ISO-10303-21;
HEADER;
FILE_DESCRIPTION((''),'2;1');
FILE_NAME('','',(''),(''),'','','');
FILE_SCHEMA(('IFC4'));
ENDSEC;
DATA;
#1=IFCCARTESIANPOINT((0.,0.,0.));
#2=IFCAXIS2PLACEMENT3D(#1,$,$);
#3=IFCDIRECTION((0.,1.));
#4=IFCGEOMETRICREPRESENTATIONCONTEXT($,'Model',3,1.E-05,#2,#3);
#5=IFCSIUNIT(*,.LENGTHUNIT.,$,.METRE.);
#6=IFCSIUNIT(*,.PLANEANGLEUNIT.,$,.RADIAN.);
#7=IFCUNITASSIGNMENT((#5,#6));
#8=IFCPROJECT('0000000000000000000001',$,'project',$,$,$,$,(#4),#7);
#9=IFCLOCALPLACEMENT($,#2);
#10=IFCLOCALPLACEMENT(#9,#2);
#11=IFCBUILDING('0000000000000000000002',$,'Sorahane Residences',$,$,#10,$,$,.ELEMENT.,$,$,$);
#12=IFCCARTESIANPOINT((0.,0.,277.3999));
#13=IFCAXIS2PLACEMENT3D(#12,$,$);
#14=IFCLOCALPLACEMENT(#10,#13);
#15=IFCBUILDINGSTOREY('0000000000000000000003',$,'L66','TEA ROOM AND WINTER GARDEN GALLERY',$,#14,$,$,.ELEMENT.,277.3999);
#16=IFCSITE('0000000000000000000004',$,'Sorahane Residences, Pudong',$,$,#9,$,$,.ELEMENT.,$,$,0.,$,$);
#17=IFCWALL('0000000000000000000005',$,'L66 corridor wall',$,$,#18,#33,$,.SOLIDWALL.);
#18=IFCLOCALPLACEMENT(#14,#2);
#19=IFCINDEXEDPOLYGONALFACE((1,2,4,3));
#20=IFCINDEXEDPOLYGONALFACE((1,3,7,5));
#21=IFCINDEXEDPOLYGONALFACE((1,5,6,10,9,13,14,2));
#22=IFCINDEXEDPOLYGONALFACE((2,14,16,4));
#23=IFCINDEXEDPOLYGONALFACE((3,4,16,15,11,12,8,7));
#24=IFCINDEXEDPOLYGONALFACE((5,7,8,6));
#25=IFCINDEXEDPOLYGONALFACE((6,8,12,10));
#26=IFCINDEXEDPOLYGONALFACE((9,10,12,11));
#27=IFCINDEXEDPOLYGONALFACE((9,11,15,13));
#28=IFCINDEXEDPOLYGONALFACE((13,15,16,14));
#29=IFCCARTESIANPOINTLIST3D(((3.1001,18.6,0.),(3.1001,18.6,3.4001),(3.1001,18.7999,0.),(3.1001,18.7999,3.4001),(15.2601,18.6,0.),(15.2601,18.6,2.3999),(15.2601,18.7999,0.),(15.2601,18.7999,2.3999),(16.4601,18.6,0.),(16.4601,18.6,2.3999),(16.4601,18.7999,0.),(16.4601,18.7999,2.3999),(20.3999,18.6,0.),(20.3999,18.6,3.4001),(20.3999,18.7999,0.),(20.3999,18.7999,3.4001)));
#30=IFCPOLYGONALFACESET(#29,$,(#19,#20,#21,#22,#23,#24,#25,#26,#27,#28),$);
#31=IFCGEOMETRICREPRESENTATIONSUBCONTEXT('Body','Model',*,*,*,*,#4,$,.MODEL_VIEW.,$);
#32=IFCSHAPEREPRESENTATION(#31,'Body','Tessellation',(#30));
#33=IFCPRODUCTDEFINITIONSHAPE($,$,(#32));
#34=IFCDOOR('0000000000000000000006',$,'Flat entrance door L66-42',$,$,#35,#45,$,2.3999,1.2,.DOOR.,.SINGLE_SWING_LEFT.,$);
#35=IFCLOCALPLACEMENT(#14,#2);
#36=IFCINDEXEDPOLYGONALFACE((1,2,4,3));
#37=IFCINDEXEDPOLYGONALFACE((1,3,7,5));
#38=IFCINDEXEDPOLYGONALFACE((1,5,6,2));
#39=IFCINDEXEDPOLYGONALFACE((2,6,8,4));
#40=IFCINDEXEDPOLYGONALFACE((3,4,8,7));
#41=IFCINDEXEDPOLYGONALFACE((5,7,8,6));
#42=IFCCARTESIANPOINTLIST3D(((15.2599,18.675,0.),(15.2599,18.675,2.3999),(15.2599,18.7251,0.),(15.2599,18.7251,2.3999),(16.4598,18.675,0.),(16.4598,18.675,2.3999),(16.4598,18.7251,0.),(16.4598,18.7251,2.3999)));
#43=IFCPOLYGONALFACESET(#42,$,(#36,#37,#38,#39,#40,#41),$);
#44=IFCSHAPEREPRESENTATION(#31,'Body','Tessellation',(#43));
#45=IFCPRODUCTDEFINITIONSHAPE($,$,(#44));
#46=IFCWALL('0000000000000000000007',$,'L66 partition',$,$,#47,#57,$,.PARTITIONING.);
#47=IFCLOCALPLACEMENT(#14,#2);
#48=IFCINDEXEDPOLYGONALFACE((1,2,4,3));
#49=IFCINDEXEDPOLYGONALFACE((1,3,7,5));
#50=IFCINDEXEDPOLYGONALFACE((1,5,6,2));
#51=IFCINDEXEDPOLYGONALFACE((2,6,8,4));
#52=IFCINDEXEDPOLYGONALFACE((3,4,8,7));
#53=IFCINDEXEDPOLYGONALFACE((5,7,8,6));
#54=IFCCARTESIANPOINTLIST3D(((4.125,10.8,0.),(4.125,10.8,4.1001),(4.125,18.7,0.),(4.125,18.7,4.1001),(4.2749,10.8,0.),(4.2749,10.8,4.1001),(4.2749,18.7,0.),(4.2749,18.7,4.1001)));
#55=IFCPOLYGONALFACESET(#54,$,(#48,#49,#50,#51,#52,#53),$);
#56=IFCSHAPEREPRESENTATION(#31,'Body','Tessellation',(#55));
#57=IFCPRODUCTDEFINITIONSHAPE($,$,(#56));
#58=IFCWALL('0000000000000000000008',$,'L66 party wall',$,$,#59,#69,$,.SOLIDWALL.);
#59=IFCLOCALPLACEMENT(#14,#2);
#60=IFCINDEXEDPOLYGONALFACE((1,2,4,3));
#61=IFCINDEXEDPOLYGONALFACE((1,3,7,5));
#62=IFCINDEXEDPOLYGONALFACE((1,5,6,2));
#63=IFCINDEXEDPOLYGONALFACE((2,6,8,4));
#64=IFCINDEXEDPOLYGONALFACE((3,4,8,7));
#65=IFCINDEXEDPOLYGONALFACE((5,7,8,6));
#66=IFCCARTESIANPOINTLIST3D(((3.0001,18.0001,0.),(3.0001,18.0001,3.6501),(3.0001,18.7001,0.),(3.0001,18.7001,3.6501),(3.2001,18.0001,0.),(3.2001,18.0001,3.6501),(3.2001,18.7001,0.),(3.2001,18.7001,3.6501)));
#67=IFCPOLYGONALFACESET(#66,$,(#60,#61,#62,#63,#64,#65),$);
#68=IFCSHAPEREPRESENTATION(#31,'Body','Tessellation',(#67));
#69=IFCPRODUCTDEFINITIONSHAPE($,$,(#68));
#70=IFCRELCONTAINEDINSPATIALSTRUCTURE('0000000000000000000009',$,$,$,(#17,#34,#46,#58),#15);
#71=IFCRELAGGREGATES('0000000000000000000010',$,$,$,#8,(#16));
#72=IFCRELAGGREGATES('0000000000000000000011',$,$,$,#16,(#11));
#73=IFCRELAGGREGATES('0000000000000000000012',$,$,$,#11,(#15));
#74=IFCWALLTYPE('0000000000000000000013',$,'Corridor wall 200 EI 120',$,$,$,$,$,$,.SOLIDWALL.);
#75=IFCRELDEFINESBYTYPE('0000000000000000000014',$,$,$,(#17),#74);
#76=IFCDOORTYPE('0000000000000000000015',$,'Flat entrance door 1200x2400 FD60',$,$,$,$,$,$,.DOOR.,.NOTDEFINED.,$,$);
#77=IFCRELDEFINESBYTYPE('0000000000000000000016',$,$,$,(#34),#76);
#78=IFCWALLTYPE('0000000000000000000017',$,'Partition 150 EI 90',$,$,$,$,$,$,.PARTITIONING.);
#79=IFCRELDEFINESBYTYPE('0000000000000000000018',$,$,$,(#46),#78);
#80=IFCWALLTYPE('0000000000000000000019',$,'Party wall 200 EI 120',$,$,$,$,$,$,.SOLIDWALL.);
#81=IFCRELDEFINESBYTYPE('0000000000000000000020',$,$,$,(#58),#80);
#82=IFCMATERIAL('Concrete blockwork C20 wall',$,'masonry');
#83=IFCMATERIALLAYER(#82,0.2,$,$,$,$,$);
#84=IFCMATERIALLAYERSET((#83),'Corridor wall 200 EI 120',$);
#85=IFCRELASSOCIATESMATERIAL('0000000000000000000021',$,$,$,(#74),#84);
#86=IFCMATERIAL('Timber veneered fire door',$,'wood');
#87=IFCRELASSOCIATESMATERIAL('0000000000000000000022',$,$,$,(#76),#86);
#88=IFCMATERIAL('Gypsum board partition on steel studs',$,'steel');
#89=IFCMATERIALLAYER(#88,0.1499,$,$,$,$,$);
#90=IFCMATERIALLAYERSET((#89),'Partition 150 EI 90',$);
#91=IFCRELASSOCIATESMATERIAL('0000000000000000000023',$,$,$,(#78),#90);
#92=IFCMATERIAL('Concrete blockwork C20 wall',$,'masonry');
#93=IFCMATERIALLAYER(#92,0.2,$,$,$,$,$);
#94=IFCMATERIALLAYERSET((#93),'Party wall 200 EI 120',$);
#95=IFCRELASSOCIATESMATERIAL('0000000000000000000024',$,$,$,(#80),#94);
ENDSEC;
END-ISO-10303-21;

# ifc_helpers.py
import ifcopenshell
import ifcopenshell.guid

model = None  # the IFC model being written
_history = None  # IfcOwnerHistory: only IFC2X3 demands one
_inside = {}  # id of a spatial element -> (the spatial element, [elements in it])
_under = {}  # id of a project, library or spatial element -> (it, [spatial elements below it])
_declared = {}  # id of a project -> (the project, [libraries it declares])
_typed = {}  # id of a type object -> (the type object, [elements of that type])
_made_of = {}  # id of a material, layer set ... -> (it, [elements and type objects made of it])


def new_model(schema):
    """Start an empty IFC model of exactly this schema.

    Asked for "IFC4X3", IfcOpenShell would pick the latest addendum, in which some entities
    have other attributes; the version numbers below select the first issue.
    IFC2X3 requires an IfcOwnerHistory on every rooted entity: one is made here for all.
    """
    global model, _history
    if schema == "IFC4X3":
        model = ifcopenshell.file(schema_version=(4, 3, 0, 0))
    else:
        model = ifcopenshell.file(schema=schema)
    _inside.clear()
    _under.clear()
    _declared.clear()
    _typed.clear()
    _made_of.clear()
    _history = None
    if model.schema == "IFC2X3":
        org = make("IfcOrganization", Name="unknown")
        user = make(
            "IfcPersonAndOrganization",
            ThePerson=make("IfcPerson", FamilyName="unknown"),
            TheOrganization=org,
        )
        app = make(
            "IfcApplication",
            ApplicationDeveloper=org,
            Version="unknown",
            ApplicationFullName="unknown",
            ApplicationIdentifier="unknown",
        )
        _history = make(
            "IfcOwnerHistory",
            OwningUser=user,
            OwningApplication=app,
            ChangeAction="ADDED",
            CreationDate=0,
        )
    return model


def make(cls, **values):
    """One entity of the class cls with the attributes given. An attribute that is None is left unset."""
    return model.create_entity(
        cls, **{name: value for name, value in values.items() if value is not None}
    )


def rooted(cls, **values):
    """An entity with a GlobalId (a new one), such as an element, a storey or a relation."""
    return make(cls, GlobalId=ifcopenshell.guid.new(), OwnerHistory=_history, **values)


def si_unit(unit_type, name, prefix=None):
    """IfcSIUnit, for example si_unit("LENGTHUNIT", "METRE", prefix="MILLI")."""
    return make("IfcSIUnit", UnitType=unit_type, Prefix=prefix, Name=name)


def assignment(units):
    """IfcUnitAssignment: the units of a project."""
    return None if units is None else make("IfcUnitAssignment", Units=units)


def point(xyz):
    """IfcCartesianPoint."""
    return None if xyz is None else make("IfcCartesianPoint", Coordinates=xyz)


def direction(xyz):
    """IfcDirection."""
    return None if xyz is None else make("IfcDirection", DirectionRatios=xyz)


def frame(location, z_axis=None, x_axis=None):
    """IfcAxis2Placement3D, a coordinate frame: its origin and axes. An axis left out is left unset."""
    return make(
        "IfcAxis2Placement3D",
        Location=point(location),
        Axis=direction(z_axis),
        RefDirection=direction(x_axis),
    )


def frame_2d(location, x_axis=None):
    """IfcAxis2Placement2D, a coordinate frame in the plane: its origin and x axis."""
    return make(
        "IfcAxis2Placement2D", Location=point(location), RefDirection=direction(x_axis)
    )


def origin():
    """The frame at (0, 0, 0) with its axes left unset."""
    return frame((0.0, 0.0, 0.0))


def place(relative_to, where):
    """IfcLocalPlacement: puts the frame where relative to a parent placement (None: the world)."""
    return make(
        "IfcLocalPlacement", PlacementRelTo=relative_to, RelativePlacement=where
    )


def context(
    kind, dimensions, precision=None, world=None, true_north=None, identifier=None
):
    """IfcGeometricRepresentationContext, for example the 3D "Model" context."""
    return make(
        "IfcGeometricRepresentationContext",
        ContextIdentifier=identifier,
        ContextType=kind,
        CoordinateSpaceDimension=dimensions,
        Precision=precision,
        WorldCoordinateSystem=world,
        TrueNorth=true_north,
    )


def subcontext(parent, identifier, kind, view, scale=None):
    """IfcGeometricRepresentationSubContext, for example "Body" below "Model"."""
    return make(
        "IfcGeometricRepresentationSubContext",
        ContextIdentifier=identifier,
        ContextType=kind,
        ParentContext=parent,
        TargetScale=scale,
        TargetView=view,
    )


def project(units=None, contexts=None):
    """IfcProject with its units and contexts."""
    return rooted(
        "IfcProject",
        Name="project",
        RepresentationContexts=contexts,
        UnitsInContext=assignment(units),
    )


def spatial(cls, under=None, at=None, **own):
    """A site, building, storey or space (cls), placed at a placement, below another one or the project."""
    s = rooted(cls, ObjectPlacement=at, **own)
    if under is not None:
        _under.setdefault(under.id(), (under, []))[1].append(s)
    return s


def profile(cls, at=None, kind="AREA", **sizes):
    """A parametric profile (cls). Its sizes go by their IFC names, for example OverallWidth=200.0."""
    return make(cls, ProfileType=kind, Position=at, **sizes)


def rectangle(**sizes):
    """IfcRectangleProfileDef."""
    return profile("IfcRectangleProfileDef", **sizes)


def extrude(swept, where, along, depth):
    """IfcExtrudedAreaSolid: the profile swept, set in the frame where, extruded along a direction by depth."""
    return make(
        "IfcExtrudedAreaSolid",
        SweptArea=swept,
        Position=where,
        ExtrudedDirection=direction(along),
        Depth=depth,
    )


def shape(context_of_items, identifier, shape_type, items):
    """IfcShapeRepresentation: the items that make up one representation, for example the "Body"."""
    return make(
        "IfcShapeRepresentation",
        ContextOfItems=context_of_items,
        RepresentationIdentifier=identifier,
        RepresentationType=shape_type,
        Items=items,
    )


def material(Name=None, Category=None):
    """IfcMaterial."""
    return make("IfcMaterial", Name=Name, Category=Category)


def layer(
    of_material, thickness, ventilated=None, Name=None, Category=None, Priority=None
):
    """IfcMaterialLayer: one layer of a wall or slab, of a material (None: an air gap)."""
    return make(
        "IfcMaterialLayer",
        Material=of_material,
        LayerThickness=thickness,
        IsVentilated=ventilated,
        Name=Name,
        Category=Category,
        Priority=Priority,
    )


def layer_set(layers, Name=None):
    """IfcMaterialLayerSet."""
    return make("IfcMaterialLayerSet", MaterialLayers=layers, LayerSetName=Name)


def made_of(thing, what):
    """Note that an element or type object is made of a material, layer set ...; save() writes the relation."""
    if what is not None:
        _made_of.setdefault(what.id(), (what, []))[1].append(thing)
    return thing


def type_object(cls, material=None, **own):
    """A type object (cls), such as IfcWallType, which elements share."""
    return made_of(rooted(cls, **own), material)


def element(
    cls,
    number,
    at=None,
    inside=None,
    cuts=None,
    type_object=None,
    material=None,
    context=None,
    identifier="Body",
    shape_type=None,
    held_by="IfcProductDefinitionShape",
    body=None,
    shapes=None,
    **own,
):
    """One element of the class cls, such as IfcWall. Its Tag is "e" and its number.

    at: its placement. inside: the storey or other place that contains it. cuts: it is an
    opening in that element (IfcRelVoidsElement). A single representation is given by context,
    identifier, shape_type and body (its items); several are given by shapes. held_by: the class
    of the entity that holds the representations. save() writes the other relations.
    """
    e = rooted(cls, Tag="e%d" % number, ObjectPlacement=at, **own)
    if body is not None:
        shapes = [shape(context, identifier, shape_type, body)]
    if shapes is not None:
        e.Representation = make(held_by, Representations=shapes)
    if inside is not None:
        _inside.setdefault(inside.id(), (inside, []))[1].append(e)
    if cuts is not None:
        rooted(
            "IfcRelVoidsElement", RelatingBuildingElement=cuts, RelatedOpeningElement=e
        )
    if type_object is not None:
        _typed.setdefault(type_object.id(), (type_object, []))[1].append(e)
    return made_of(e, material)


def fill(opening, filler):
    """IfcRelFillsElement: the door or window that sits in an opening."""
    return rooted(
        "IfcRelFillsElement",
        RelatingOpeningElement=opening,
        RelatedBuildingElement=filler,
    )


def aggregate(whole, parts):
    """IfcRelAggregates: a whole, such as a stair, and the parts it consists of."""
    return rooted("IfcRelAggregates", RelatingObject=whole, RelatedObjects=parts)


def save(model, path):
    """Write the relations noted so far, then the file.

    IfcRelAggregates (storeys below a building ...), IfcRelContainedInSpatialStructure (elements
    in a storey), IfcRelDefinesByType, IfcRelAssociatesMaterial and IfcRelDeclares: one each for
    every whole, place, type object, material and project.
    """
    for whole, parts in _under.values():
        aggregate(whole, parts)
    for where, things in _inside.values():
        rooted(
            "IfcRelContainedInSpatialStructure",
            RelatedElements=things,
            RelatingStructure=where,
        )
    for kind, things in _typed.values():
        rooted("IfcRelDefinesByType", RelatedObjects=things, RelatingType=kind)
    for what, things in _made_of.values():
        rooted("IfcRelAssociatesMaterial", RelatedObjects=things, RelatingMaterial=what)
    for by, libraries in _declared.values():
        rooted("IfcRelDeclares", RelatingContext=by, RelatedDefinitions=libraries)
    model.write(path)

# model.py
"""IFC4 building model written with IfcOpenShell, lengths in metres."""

from ifc_helpers import new_model, si_unit, direction, frame, frame_2d, origin, place, context, subcontext, project, spatial, rectangle, extrude, material, layer, layer_set, type_object, element, fill, save


model = new_model("IFC4")

# Units and contexts
model_context = context("Model", 3, precision=1e-05, world=origin(), true_north=direction((0.0, 1.0)))
body_context = subcontext(model_context, "Body", "Model", "MODEL_VIEW")
ifc_project = project(units=[si_unit("LENGTHUNIT", "METRE"), si_unit("PLANEANGLEUNIT", "RADIAN")], contexts=[model_context])

# Site, building, storey
site_placement = place(None, origin())
site = spatial("IfcSite", under=ifc_project, at=site_placement, Name="Sorahane Residences, Pudong", CompositionType="ELEMENT", RefElevation=0.0)
building_placement = place(site_placement, origin())
building = spatial("IfcBuilding", under=site, at=building_placement, Name="Sorahane Residences", CompositionType="ELEMENT")
storey_placement = place(building_placement, frame((0.0, 0.0, 277.3999)))
storey = spatial("IfcBuildingStorey", under=building, at=storey_placement, Name="L66", Description="TEA ROOM AND WINTER GARDEN GALLERY", CompositionType="ELEMENT", Elevation=277.3999)

# Shared definitions
ifc_material_1 = material(Name="Concrete blockwork C20 wall", Category="masonry")
ifc_layer_1 = layer(ifc_material_1, 0.2)
ifc_layer_set_1 = layer_set([ifc_layer_1], Name="Corridor wall 200 EI 120")
wall_type_1 = type_object("IfcWallType", Name="Corridor wall 200 EI 120", PredefinedType="SOLIDWALL", material=ifc_layer_set_1)

# Wall, opening, door
wall_1_placement = place(storey_placement, frame((3.1001, 18.7, 0.0), z_axis=(0.0, 0.0, 1.0), x_axis=(1.0, 0.0, 0.0)))
wall_1 = element("IfcWall", 1, at=wall_1_placement, inside=storey, type_object=wall_type_1, Name="L66 corridor wall", PredefinedType="SOLIDWALL", context=body_context, shape_type="SweptSolid", body=[
    extrude(rectangle(XDim=17.2998, YDim=0.2, at=frame_2d((8.6499, 0.0))), origin(), (0.0, 0.0, 1.0), 3.4001),
])
opening_1_placement = place(wall_1_placement, frame((12.1599, 0.0, 0.0)))
opening_1 = element("IfcOpeningElement", 2, at=opening_1_placement, cuts=wall_1, PredefinedType="OPENING", context=body_context, shape_type="SweptSolid", body=[
    extrude(rectangle(XDim=1.2, YDim=2.3999, at=frame_2d((0.6001, 1.2))), frame((0.0, 0.1099, 0.0), z_axis=(0.0, -1.0, 0.0), x_axis=(1.0, 0.0, 0.0)), (0.0, 0.0, 1.0), 0.22),
])
ifc_material_2 = material(Name="Timber veneered fire door", Category="wood")
door_type_1 = type_object("IfcDoorType", Name="Flat entrance door 1200x2400 FD60", OperationType="NOTDEFINED", PredefinedType="DOOR", material=ifc_material_2)
door_1_placement = place(opening_1_placement, frame((1.2, 0.0, 0.0), z_axis=(0.0, 0.0, 1.0), x_axis=(-1.0, 0.0, 0.0)))
door_1 = element("IfcDoor", 3, at=door_1_placement, inside=storey, type_object=door_type_1, Name="Flat entrance door L66-42", OperationType="SINGLE_SWING_LEFT", OverallHeight=2.3999, OverallWidth=1.2, PredefinedType="DOOR", context=body_context, shape_type="SweptSolid", body=[
    extrude(rectangle(XDim=1.2, YDim=2.3999, at=frame_2d((0.6001, 1.2))), frame((0.0, 0.0249, 0.0), z_axis=(0.0, -1.0, 0.0), x_axis=(1.0, 0.0, 0.0)), (0.0, 0.0, 1.0), 0.05),
])
fill(opening_1, door_1)

# Wall
ifc_material_3 = material(Name="Gypsum board partition on steel studs", Category="steel")
ifc_layer_2 = layer(ifc_material_3, 0.1499)
ifc_layer_set_2 = layer_set([ifc_layer_2], Name="Partition 150 EI 90")
wall_type_2 = type_object("IfcWallType", Name="Partition 150 EI 90", PredefinedType="PARTITIONING", material=ifc_layer_set_2)
wall_2_placement = place(storey_placement, frame((4.2, 10.8, 0.0), z_axis=(0.0, 0.0, 1.0), x_axis=(0.0, 1.0, 0.0)))
element("IfcWall", 4, at=wall_2_placement, inside=storey, type_object=wall_type_2, Name="L66 partition", PredefinedType="PARTITIONING", context=body_context, shape_type="SweptSolid", body=[
    extrude(rectangle(XDim=7.8999, YDim=0.1499, at=frame_2d((3.95, 0.0))), origin(), (0.0, 0.0, 1.0), 4.1001),
])

# Wall
ifc_material_4 = material(Name="Concrete blockwork C20 wall", Category="masonry")
ifc_layer_3 = layer(ifc_material_4, 0.2)
ifc_layer_set_3 = layer_set([ifc_layer_3], Name="Party wall 200 EI 120")
wall_type_3 = type_object("IfcWallType", Name="Party wall 200 EI 120", PredefinedType="SOLIDWALL", material=ifc_layer_set_3)
wall_3_placement = place(storey_placement, frame((3.1001, 18.0, 0.0), z_axis=(0.0, 0.0, 1.0), x_axis=(0.0, 1.0, 0.0)))
element("IfcWall", 5, at=wall_3_placement, inside=storey, type_object=wall_type_3, Name="L66 party wall", PredefinedType="SOLIDWALL", context=body_context, shape_type="SweptSolid", body=[
    extrude(rectangle(XDim=0.7, YDim=0.2, at=frame_2d((0.3501, 0.0))), origin(), (0.0, 0.0, 1.0), 3.6501),
])

save(model, "model.ifc")
